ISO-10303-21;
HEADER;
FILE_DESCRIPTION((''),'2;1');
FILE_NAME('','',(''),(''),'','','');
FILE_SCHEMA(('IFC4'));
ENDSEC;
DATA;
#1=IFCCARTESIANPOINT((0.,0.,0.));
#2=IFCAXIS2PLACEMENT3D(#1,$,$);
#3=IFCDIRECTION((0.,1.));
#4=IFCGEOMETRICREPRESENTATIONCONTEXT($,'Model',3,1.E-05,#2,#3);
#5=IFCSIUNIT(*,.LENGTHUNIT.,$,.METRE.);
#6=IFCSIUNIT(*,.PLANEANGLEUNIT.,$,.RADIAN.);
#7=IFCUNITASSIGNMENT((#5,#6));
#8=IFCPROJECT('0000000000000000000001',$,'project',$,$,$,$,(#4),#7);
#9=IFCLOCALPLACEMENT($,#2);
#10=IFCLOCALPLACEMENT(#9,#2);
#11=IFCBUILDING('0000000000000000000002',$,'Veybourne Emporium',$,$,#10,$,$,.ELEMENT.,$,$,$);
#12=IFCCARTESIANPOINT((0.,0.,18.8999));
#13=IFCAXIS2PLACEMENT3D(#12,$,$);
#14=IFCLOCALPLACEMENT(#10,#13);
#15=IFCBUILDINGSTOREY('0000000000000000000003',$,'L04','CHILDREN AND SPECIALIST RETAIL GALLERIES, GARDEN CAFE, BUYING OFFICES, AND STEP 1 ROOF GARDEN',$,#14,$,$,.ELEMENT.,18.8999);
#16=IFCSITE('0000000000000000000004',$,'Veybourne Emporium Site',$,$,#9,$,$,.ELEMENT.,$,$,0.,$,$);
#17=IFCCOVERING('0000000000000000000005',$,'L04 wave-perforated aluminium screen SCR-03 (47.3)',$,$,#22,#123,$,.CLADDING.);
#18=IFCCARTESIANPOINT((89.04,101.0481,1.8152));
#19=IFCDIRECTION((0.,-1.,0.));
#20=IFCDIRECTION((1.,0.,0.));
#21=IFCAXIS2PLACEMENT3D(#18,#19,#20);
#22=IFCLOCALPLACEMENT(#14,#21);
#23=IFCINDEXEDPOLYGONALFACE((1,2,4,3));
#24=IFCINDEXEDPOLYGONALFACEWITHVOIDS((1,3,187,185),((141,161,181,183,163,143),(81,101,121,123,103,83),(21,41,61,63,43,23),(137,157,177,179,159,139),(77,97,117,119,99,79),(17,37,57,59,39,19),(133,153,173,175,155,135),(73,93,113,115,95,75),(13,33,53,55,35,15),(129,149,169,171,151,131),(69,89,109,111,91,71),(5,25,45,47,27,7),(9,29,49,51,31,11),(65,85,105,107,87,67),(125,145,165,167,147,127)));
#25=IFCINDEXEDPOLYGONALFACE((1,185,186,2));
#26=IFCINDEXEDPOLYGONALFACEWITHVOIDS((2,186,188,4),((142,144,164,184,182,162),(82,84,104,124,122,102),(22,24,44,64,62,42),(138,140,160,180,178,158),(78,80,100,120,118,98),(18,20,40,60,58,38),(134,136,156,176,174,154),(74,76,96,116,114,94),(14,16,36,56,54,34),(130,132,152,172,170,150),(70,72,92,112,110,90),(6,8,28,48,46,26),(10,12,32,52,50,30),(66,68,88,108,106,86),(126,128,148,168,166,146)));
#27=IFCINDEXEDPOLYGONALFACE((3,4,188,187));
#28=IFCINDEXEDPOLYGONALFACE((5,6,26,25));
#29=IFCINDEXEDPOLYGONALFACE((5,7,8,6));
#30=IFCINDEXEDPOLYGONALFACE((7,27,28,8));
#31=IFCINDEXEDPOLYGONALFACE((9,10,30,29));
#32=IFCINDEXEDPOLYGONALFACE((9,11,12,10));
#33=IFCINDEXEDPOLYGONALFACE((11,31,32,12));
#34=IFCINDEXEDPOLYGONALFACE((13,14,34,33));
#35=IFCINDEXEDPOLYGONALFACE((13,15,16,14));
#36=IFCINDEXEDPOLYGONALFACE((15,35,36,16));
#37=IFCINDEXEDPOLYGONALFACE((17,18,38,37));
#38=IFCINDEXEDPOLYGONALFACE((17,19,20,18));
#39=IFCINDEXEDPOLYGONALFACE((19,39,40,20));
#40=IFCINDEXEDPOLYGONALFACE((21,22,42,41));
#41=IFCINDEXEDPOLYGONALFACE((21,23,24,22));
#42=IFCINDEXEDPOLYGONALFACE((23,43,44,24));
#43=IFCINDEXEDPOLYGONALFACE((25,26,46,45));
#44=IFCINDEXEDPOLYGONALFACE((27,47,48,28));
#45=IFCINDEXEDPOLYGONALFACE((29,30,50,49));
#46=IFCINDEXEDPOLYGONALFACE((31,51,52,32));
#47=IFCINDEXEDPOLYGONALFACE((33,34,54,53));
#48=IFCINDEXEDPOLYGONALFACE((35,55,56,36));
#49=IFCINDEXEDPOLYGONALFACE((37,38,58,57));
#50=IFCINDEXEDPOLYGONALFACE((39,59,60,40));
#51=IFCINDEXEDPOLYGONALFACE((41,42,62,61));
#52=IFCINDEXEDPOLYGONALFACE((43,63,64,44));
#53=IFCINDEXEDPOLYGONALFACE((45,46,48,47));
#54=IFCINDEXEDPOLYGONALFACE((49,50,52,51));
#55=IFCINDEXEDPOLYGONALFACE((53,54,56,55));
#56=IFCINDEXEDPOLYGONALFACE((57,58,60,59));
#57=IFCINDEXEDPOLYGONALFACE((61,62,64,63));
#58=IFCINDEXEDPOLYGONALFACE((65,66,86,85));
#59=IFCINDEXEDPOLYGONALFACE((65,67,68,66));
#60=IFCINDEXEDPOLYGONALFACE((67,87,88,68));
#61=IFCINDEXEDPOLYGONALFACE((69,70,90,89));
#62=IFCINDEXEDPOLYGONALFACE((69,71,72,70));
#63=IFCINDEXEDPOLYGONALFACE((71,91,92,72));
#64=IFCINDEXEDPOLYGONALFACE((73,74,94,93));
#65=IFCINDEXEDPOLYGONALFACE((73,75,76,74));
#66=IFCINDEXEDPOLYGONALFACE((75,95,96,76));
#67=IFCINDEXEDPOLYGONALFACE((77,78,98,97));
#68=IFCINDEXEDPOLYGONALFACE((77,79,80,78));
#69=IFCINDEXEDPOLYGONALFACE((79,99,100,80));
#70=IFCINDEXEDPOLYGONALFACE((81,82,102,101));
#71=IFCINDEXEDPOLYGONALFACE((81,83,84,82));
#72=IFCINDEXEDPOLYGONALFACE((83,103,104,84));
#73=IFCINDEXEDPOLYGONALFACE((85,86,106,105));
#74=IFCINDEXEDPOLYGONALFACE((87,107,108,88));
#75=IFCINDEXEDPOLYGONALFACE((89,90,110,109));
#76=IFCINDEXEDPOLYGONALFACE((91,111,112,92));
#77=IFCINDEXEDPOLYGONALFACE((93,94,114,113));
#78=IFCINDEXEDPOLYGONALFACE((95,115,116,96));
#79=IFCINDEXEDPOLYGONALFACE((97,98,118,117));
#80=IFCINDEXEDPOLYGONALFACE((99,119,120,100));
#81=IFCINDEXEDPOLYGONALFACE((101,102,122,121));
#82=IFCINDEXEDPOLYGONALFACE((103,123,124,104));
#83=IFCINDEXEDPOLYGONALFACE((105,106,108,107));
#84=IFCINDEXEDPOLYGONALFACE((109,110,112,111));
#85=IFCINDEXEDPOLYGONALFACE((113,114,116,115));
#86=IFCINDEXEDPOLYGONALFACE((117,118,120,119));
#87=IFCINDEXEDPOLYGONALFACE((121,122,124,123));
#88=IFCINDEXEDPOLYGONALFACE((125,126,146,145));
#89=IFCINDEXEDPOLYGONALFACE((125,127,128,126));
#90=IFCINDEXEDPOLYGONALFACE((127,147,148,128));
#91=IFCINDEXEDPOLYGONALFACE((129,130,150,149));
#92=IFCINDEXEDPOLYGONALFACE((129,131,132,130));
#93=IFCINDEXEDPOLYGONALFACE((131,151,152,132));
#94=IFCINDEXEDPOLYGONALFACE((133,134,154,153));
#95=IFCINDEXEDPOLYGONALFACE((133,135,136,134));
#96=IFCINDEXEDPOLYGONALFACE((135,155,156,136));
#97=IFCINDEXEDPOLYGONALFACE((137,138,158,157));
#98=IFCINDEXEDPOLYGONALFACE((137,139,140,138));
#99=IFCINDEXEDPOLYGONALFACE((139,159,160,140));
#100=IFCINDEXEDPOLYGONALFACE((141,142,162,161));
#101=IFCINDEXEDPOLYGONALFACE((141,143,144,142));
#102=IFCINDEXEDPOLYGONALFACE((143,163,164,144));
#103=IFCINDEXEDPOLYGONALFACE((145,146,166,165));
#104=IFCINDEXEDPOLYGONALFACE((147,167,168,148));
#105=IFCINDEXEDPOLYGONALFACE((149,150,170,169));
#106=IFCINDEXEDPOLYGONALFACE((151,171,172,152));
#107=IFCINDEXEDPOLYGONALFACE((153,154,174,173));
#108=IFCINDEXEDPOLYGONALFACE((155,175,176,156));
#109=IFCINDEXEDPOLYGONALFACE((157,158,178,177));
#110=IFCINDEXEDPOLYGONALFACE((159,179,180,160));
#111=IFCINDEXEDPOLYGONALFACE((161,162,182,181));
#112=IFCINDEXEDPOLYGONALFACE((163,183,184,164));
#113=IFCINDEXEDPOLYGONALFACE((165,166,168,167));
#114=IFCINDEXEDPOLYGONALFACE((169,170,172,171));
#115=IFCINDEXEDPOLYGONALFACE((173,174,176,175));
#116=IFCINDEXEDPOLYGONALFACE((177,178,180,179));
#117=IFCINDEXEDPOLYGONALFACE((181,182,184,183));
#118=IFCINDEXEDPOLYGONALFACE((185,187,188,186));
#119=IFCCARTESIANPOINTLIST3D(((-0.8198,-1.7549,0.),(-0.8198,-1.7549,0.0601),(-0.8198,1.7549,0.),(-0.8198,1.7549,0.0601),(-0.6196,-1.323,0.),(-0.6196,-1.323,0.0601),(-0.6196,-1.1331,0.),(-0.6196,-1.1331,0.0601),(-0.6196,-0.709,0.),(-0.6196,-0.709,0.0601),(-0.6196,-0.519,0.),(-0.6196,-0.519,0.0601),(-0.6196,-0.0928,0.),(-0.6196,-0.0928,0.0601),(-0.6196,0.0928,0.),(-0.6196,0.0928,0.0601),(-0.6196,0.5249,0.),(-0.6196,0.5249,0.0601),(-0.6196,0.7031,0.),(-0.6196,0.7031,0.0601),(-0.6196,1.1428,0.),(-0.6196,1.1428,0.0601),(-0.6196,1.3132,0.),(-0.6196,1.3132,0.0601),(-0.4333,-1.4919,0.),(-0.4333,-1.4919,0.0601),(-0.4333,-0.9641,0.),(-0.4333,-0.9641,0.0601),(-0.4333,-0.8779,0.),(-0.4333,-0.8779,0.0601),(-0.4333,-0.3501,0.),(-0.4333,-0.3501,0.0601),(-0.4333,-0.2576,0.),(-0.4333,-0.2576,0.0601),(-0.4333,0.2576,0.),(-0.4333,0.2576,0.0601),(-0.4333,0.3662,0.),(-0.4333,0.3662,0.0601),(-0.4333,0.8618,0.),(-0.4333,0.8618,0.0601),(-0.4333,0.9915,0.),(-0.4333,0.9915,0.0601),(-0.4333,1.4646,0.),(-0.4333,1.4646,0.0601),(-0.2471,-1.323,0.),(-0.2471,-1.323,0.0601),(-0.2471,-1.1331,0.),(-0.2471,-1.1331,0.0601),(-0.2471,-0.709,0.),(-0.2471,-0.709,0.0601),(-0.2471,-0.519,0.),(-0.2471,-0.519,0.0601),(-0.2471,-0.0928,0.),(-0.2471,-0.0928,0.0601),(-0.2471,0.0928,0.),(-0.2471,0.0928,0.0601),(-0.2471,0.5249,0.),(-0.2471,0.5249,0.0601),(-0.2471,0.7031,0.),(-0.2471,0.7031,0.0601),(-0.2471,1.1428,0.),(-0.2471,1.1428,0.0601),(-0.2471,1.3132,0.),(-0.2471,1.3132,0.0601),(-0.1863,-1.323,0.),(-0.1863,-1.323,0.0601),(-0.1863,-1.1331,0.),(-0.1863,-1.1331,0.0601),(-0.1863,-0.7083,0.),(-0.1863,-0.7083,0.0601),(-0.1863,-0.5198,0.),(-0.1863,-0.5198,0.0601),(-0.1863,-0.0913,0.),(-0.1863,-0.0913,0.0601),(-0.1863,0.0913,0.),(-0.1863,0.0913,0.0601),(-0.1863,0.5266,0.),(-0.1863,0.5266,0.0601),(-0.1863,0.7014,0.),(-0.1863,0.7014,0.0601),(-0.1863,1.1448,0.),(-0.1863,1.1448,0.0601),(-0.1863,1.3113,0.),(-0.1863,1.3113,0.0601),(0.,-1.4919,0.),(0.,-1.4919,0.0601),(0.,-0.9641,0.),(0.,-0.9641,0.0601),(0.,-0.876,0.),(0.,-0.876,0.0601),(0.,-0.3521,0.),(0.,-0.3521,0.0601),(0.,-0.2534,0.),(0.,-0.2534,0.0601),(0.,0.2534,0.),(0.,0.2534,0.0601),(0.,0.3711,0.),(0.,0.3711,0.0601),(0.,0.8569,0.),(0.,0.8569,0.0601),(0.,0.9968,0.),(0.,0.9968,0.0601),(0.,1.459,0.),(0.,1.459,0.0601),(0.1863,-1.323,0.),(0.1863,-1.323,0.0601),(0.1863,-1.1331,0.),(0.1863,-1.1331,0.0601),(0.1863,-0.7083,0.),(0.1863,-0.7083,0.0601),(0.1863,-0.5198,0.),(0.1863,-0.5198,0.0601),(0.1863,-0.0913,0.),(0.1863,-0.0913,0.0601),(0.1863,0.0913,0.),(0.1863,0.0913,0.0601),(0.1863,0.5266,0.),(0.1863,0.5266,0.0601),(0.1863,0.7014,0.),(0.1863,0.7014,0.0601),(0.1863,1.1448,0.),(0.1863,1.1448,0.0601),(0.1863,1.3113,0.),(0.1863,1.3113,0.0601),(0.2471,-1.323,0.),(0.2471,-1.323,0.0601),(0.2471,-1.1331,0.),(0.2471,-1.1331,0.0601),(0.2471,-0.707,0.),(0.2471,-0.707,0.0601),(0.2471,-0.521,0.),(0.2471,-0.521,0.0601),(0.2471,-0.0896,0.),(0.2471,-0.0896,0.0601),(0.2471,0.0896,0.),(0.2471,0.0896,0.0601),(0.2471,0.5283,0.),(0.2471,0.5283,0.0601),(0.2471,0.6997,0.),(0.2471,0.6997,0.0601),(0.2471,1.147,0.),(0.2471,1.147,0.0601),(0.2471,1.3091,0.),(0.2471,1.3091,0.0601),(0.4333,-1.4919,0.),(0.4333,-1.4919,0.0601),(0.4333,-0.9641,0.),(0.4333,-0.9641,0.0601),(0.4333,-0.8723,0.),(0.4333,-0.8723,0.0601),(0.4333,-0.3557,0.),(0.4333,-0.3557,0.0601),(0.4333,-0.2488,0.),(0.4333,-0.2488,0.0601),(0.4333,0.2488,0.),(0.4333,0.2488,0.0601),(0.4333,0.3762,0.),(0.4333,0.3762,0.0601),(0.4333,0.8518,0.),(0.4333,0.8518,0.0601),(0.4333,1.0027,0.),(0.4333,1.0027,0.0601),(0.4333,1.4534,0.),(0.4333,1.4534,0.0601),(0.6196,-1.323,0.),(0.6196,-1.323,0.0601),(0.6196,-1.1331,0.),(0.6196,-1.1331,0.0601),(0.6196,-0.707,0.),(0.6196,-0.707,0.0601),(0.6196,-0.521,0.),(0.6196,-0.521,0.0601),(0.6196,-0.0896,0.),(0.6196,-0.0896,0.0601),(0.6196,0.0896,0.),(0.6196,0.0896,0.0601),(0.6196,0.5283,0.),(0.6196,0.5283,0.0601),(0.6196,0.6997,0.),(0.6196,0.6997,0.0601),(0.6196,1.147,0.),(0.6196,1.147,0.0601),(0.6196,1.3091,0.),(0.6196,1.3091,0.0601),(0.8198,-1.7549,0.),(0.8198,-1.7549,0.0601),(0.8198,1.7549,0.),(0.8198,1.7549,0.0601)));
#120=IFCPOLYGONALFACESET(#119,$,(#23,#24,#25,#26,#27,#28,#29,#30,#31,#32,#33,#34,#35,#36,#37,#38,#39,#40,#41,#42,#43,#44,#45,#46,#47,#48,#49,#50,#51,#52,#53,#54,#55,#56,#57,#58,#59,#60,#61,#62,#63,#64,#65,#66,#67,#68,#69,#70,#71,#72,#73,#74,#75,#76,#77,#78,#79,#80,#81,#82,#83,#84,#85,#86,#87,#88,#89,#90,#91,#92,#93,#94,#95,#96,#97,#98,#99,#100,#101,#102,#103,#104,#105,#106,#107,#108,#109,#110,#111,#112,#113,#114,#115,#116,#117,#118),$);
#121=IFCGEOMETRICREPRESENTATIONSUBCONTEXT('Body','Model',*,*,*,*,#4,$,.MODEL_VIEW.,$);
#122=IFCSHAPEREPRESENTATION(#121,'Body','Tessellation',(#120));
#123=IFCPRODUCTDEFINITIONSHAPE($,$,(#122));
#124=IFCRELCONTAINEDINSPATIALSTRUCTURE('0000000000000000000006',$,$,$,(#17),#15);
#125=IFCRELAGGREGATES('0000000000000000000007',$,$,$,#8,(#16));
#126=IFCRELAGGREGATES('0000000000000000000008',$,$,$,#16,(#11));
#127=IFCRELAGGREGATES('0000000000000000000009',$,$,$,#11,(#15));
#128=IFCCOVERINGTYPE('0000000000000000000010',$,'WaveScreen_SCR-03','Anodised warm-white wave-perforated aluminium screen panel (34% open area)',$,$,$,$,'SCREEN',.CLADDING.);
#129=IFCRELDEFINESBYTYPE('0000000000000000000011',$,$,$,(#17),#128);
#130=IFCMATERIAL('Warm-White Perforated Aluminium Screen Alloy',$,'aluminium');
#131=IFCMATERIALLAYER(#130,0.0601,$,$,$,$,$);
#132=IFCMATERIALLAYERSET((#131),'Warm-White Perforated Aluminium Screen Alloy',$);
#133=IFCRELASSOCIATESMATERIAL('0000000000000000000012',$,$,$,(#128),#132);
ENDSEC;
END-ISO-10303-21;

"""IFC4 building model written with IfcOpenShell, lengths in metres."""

from ifc_helpers import new_model, si_unit, direction, frame, origin, place, context, subcontext, project, spatial, polyline, outline, extrude, material, layer, layer_set, type_object, element, save


model = new_model("IFC4")

# Units and contexts
model_context = context("Model", 3, precision=1e-05, world=origin(), true_north=direction((0.0, 1.0)))
body_context = subcontext(model_context, "Body", "Model", "MODEL_VIEW")
ifc_project = project(units=[si_unit("LENGTHUNIT", "METRE"), si_unit("PLANEANGLEUNIT", "RADIAN")], contexts=[model_context])

# Site, building, storey
site_placement = place(None, origin())
site = spatial("IfcSite", under=ifc_project, at=site_placement, Name="Veybourne Emporium Site", CompositionType="ELEMENT", RefElevation=0.0)
building_placement = place(site_placement, origin())
building = spatial("IfcBuilding", under=site, at=building_placement, Name="Veybourne Emporium", CompositionType="ELEMENT")
storey_placement = place(building_placement, frame((0.0, 0.0, 18.8999)))
storey = spatial("IfcBuildingStorey", under=building, at=storey_placement, Name="L04", Description="CHILDREN AND SPECIALIST RETAIL GALLERIES, GARDEN CAFE, BUYING OFFICES, AND STEP 1 ROOF GARDEN", CompositionType="ELEMENT", Elevation=18.8999)

# Covering
ifc_material_1 = material(Name="Warm-White Perforated Aluminium Screen Alloy", Category="aluminium")
ifc_layer_1 = layer(ifc_material_1, 0.0601)
ifc_layer_set_1 = layer_set([ifc_layer_1], Name="Warm-White Perforated Aluminium Screen Alloy")
covering_type_1 = type_object("IfcCoveringType", Name="WaveScreen_SCR-03", Description="Anodised warm-white wave-perforated aluminium screen panel (34% open area)", ElementType="SCREEN", PredefinedType="CLADDING", material=ifc_layer_set_1)
covering_1_placement = place(storey_placement, frame((89.04, 101.0481, 1.8152), z_axis=(0.0, -1.0, 0.0), x_axis=(1.0, 0.0, 0.0)))
element("IfcCovering", 1, at=covering_1_placement, inside=storey, type_object=covering_type_1, Name="L04 wave-perforated aluminium screen SCR-03 (47.3)", PredefinedType="CLADDING", context=body_context, shape_type="SweptSolid", body=[
    extrude(outline(polyline([(-0.8198, -1.7549), (0.8198, -1.7549), (0.8198, 1.7549), (-0.8198, 1.7549), (-0.8198, -1.7549)]), holes=[polyline([(-0.4333, -0.9641), (-0.2471, -1.1331), (-0.2471, -1.323), (-0.4333, -1.4919), (-0.6196, -1.323), (-0.6196, -1.1331), (-0.4333, -0.9641)]), polyline([(-0.4333, -0.3501), (-0.2471, -0.519), (-0.2471, -0.709), (-0.4333, -0.8779), (-0.6196, -0.709), (-0.6196, -0.519), (-0.4333, -0.3501)]), polyline([(-0.4333, 0.2576), (-0.2471, 0.0928), (-0.2471, -0.0928), (-0.4333, -0.2576), (-0.6196, -0.0928), (-0.6196, 0.0928), (-0.4333, 0.2576)]), polyline([(-0.4333, 0.8618), (-0.2471, 0.7031), (-0.2471, 0.5249), (-0.4333, 0.3662), (-0.6196, 0.5249), (-0.6196, 0.7031), (-0.4333, 0.8618)]), polyline([(-0.4333, 1.4646), (-0.2471, 1.3132), (-0.2471, 1.1428), (-0.4333, 0.9915), (-0.6196, 1.1428), (-0.6196, 1.3132), (-0.4333, 1.4646)]), polyline([(0.0, -0.9641), (0.1863, -1.1331), (0.1863, -1.323), (0.0, -1.4919), (-0.1863, -1.323), (-0.1863, -1.1331), (0.0, -0.9641)]), polyline([(0.0, -0.3521), (0.1863, -0.5198), (0.1863, -0.7083), (0.0, -0.876), (-0.1863, -0.7083), (-0.1863, -0.5198), (0.0, -0.3521)]), polyline([(0.0, 0.2534), (0.1863, 0.0913), (0.1863, -0.0913), (0.0, -0.2534), (-0.1863, -0.0913), (-0.1863, 0.0913), (0.0, 0.2534)]), polyline([(0.0, 0.8569), (0.1863, 0.7014), (0.1863, 0.5266), (0.0, 0.3711), (-0.1863, 0.5266), (-0.1863, 0.7014), (0.0, 0.8569)]), polyline([(0.0, 1.459), (0.1863, 1.3113), (0.1863, 1.1448), (0.0, 0.9968), (-0.1863, 1.1448), (-0.1863, 1.3113), (0.0, 1.459)]), polyline([(0.4333, -0.9641), (0.6196, -1.1331), (0.6196, -1.323), (0.4333, -1.4919), (0.2471, -1.323), (0.2471, -1.1331), (0.4333, -0.9641)]), polyline([(0.4333, -0.3557), (0.6196, -0.521), (0.6196, -0.707), (0.4333, -0.8723), (0.2471, -0.707), (0.2471, -0.521), (0.4333, -0.3557)]), polyline([(0.4333, 0.2488), (0.6196, 0.0896), (0.6196, -0.0896), (0.4333, -0.2488), (0.2471, -0.0896), (0.2471, 0.0896), (0.4333, 0.2488)]), polyline([(0.4333, 0.8518), (0.6196, 0.6997), (0.6196, 0.5283), (0.4333, 0.3762), (0.2471, 0.5283), (0.2471, 0.6997), (0.4333, 0.8518)]), polyline([(0.4333, 1.4534), (0.6196, 1.3091), (0.6196, 1.147), (0.4333, 1.0027), (0.2471, 1.147), (0.2471, 1.3091), (0.4333, 1.4534)])]), origin(), (0.0, 0.0, 1.0), 0.0601),
])

save(model, "model.ifc")
